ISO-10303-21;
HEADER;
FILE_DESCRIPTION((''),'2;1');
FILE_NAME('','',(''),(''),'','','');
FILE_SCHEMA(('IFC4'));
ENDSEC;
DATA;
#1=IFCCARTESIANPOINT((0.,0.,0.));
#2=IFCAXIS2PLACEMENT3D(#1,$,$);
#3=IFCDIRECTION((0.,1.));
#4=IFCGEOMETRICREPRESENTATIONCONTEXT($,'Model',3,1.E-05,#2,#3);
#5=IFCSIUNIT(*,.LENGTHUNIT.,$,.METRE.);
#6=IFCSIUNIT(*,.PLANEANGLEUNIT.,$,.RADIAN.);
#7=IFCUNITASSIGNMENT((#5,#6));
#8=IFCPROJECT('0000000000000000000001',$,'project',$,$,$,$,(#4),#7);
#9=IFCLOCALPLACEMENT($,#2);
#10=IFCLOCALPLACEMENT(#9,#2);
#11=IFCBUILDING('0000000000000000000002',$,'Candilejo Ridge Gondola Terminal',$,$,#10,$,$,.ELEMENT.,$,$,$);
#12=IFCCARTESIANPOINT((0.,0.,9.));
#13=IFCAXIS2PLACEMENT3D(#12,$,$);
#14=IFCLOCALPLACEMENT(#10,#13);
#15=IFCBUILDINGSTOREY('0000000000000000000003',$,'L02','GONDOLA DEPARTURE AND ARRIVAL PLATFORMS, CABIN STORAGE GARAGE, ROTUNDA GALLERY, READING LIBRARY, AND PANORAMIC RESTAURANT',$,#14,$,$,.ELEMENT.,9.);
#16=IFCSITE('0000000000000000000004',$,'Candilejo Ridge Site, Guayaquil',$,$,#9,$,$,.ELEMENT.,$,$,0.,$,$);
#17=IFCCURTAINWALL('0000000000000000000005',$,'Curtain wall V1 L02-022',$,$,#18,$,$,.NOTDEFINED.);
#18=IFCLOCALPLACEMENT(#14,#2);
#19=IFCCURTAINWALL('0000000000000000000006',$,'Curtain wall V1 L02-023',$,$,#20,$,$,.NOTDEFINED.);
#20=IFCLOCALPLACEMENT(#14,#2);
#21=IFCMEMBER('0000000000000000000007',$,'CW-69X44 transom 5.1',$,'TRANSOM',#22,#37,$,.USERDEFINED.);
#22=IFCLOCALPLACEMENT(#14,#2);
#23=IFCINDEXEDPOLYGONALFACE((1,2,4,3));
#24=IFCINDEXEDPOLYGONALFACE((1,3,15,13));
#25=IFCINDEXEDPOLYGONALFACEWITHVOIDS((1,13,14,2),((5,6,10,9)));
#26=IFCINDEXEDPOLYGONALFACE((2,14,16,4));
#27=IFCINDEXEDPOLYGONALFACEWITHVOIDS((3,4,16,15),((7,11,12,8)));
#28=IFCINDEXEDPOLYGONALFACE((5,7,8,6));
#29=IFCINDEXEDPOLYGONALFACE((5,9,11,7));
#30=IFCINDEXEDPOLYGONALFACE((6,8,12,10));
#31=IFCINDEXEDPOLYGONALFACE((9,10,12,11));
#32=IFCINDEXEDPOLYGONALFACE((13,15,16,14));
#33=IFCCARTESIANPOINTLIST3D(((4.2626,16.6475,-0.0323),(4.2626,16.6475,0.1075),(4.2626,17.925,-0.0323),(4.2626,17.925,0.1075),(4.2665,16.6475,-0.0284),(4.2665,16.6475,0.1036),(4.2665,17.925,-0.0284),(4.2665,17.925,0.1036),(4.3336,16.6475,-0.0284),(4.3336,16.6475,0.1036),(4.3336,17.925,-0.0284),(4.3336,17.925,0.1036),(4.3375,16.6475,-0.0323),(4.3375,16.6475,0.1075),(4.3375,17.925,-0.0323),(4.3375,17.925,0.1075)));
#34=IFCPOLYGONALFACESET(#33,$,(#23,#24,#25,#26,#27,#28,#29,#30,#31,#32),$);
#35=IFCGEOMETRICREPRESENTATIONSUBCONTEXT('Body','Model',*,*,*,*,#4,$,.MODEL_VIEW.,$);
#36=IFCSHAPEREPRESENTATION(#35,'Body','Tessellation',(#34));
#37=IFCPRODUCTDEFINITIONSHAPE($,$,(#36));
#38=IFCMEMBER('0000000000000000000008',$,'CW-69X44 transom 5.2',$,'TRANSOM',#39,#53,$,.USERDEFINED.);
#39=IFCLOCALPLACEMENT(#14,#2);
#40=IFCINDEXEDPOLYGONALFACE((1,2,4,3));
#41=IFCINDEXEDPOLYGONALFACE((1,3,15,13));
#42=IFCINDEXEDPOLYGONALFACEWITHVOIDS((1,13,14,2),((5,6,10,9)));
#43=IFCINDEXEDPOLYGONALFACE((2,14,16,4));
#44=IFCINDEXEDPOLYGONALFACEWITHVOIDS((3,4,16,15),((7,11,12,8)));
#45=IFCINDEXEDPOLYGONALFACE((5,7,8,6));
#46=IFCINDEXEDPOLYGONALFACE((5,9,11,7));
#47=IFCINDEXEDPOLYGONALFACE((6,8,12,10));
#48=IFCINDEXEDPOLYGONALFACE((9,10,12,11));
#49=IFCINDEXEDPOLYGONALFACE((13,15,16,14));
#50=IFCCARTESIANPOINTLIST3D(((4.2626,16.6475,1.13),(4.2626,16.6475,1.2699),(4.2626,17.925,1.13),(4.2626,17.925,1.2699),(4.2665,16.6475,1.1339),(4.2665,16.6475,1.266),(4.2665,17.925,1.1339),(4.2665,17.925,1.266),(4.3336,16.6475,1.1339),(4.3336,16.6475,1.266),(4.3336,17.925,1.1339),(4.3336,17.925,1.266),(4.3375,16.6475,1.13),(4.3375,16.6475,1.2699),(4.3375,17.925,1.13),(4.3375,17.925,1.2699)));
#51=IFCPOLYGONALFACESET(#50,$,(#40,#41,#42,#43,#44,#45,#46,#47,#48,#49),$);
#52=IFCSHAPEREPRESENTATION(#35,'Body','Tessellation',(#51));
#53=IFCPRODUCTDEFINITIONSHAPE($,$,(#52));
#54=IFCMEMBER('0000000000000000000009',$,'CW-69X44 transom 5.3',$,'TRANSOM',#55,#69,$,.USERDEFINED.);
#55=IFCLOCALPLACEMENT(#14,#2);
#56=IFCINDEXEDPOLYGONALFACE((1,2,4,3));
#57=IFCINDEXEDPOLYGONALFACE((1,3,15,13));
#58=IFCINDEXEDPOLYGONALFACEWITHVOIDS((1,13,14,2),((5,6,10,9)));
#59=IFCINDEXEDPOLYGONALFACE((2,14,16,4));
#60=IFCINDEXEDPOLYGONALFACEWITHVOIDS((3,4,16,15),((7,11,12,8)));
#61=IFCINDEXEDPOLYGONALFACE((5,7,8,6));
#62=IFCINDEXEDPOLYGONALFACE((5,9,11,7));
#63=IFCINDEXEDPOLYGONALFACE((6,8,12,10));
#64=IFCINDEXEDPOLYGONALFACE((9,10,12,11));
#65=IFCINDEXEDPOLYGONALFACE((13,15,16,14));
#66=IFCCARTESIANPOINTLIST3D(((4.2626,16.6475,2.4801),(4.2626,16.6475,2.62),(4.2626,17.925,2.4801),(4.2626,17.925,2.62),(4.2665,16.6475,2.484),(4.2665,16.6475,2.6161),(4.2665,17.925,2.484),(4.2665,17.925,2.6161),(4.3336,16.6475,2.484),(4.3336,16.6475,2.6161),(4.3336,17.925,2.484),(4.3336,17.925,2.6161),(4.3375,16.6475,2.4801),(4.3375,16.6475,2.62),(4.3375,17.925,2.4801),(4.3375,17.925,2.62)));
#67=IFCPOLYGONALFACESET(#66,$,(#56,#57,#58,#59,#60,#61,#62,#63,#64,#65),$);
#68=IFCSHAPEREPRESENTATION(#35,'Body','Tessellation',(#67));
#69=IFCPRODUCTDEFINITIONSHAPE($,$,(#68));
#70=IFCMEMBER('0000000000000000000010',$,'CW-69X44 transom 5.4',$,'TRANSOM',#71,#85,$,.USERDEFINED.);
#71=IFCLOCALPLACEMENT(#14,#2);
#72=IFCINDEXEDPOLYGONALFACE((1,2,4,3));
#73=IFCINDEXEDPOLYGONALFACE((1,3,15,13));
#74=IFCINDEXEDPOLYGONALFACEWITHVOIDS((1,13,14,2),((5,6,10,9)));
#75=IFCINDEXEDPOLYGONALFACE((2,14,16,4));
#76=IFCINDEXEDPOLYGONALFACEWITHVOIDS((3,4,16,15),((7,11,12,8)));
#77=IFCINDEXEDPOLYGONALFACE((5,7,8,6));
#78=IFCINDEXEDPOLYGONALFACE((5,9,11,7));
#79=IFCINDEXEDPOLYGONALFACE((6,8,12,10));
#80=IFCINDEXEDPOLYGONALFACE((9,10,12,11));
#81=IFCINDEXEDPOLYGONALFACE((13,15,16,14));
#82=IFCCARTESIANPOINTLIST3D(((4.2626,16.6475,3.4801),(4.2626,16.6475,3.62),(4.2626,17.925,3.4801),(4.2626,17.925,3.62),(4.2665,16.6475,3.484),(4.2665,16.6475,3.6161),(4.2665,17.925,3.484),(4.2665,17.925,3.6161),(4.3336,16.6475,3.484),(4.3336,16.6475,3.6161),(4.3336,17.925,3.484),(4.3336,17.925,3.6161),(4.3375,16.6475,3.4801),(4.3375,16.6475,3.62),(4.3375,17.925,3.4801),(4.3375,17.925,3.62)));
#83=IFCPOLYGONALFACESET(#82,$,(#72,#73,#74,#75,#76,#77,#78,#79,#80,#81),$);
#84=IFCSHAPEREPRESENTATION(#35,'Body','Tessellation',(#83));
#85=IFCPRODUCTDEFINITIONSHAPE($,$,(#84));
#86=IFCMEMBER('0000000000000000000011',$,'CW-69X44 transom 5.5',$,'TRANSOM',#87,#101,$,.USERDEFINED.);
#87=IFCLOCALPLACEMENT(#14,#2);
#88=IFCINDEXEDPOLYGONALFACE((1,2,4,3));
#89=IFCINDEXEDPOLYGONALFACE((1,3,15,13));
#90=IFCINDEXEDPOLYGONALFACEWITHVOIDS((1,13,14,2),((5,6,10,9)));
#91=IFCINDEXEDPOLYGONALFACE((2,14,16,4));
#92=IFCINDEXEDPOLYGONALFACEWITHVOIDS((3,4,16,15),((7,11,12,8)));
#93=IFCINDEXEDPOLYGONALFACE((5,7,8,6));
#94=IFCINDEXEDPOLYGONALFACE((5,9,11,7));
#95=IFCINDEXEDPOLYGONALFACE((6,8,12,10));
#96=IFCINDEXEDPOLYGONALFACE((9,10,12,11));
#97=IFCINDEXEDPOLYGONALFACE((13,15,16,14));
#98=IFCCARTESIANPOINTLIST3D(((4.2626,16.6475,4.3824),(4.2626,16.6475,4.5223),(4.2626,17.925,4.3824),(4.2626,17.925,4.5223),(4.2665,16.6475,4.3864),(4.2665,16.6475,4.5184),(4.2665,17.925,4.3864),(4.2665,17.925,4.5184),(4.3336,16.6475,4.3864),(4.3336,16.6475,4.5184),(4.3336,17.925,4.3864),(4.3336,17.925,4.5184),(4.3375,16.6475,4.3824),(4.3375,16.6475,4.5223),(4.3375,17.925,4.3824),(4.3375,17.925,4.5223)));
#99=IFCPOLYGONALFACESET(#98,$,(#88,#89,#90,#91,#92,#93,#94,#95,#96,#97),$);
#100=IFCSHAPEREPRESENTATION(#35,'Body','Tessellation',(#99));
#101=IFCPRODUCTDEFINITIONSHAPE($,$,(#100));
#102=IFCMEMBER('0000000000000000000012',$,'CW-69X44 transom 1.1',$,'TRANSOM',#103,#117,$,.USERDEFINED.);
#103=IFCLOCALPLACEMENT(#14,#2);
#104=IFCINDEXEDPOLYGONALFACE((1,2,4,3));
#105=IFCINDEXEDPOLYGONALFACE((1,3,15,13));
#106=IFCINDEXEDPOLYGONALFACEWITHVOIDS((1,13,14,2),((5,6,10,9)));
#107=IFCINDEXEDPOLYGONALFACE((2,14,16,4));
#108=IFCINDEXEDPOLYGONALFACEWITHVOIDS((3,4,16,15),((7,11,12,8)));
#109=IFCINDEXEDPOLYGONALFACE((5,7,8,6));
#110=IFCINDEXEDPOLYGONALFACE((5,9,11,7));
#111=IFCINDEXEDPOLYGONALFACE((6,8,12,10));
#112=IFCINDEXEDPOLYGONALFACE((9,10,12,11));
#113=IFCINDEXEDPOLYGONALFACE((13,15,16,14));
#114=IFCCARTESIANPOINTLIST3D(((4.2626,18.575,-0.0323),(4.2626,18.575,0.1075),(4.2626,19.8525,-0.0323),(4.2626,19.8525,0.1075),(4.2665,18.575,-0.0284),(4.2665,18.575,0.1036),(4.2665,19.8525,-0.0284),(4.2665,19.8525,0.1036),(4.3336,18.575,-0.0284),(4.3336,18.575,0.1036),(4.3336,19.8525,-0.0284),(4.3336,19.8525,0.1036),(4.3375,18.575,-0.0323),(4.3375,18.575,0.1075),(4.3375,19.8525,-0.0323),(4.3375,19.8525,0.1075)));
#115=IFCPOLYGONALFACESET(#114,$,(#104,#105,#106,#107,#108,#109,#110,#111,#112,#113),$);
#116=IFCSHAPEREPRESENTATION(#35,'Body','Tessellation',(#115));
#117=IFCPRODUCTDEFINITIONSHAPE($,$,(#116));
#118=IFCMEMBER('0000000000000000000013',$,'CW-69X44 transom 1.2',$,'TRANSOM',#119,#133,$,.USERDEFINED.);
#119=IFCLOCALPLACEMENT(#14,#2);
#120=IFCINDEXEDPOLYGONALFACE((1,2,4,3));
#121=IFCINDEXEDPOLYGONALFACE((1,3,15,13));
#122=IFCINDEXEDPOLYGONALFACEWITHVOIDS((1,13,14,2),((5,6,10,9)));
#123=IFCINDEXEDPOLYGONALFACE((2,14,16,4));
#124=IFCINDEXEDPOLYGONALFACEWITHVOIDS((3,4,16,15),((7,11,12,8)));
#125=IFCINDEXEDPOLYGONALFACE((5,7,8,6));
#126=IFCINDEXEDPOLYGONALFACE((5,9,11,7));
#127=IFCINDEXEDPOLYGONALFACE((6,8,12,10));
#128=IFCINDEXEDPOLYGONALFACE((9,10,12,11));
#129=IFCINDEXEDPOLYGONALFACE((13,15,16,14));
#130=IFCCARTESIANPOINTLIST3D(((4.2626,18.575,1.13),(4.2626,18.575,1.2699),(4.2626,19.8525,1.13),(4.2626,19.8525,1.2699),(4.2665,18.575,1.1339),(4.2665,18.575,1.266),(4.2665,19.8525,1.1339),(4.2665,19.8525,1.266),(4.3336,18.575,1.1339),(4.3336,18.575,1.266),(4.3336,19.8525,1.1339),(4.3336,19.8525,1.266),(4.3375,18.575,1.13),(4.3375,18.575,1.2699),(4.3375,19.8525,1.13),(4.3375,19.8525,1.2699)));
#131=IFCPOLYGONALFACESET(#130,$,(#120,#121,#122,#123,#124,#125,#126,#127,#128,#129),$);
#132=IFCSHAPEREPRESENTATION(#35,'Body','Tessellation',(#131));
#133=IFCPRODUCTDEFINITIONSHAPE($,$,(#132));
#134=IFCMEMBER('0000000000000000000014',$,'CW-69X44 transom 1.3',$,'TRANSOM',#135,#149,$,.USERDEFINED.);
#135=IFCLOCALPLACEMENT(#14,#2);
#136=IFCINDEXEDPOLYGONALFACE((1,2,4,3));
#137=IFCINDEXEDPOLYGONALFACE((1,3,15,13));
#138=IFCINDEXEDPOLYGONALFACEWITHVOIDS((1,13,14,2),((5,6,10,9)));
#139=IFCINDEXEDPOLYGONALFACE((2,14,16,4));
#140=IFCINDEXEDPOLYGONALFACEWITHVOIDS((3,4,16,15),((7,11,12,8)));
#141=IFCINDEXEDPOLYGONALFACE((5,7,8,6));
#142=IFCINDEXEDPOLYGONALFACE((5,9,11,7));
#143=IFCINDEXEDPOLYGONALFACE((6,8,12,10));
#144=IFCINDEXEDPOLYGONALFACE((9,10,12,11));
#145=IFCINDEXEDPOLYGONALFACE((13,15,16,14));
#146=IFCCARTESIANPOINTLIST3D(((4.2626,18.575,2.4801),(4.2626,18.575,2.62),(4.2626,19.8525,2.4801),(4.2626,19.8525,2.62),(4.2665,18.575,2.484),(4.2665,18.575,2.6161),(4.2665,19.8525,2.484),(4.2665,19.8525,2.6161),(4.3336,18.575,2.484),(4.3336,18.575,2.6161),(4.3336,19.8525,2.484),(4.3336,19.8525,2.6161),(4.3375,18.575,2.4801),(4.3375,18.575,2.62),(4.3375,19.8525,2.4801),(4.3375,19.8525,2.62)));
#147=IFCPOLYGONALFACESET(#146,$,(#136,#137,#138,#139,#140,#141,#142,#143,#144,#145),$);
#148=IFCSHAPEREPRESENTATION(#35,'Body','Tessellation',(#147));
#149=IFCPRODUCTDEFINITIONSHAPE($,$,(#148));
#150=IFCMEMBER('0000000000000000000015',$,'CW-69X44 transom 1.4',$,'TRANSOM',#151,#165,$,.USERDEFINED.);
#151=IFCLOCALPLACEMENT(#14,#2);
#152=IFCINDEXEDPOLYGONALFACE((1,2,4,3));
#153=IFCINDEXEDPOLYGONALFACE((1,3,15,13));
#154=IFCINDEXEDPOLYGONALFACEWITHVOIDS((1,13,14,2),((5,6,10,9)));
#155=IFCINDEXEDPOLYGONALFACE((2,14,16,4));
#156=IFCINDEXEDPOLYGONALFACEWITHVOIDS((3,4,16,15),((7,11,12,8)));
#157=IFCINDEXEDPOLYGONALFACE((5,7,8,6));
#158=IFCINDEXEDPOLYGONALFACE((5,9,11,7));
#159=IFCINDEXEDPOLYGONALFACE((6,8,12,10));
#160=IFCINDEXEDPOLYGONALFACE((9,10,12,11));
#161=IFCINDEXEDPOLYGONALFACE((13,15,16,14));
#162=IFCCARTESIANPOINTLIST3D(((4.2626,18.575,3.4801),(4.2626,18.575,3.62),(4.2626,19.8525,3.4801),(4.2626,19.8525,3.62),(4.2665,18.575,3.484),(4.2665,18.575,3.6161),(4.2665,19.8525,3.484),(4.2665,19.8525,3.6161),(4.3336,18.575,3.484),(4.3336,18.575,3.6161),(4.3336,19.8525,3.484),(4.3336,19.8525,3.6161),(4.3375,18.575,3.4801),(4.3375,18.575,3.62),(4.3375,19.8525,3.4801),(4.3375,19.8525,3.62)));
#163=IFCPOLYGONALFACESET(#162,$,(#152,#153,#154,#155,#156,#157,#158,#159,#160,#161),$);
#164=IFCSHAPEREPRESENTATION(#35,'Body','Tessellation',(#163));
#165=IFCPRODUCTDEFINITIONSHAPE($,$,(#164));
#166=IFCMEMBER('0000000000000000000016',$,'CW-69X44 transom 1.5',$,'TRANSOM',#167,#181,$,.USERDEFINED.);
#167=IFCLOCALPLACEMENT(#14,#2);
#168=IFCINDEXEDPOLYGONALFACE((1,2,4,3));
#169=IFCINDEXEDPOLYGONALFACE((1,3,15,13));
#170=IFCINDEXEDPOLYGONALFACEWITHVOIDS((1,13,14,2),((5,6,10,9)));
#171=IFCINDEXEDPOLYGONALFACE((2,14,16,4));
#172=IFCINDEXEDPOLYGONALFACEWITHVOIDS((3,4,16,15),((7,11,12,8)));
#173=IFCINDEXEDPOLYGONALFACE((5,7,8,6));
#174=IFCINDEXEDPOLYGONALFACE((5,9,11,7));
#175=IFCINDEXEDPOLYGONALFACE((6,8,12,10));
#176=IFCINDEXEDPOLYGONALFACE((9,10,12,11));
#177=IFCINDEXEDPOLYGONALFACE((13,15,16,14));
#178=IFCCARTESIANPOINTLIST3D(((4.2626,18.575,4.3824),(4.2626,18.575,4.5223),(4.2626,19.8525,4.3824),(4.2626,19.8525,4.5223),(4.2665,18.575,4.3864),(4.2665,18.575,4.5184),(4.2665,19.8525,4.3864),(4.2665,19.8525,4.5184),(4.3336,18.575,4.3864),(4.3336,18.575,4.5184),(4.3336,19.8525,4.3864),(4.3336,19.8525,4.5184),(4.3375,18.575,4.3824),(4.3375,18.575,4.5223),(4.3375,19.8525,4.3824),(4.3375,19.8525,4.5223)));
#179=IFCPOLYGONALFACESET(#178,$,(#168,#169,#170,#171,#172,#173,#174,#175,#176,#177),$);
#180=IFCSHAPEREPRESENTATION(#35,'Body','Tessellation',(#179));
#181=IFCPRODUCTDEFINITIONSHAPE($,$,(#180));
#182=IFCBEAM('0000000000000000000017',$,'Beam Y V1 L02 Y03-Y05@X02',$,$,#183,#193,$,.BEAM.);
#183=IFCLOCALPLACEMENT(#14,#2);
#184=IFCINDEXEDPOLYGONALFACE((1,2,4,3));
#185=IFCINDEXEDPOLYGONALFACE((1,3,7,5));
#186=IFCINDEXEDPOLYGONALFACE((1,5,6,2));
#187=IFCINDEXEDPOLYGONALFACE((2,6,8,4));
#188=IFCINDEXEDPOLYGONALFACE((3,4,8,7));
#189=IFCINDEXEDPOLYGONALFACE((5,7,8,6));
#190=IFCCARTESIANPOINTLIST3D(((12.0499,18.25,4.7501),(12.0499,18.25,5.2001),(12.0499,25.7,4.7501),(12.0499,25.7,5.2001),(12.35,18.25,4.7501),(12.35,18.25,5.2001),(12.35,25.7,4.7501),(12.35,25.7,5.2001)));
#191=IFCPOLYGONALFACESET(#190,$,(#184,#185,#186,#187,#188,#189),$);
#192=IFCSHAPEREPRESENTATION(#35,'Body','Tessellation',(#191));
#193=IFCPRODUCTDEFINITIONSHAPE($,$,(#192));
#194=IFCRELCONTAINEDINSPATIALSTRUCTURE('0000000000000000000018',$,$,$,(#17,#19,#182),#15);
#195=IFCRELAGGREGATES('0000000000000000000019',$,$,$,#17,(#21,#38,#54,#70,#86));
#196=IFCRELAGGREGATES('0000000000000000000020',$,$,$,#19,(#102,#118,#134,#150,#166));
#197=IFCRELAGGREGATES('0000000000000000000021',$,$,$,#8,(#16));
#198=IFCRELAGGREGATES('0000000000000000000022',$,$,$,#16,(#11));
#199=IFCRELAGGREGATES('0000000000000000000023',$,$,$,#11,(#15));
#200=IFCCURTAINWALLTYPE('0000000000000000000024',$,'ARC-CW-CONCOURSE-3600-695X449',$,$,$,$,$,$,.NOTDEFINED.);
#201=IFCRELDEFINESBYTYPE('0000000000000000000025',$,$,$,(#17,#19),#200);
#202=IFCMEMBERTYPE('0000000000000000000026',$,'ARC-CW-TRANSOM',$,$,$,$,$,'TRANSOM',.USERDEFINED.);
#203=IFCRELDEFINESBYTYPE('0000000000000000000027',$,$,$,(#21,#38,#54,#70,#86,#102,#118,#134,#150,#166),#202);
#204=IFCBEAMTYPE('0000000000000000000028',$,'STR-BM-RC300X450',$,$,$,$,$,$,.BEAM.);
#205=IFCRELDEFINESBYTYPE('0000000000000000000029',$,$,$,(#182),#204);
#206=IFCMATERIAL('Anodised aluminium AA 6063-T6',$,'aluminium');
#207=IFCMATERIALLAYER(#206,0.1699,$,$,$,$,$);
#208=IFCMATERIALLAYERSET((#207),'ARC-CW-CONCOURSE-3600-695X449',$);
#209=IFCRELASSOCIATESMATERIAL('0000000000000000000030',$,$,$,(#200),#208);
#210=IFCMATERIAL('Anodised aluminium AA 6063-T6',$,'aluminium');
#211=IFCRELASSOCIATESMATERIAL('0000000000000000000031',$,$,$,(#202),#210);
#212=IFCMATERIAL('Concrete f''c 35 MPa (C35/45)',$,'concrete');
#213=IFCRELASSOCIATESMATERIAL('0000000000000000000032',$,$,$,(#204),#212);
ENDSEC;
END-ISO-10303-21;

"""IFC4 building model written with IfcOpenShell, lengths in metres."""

from ifc_helpers import new_model, si_unit, direction, frame, origin, origin_2d, place, context, subcontext, project, spatial, rectangle, hollow_rectangle, extrude, material, layer, layer_set, material_profile, profile_set, type_object, element, aggregate, save


model = new_model("IFC4")

# Units and contexts
model_context = context("Model", 3, precision=1e-05, world=origin(), true_north=direction((0.0, 1.0)))
body_context = subcontext(model_context, "Body", "Model", "MODEL_VIEW")
ifc_project = project(units=[si_unit("LENGTHUNIT", "METRE"), si_unit("PLANEANGLEUNIT", "RADIAN")], contexts=[model_context])

# Site, building, storey
site_placement = place(None, origin())
site = spatial("IfcSite", under=ifc_project, at=site_placement, Name="Candilejo Ridge Site, Guayaquil", CompositionType="ELEMENT", RefElevation=0.0)
building_placement = place(site_placement, origin())
building = spatial("IfcBuilding", under=site, at=building_placement, Name="Candilejo Ridge Gondola Terminal", CompositionType="ELEMENT")
storey_placement = place(building_placement, frame((0.0, 0.0, 9.0)))
storey = spatial("IfcBuildingStorey", under=building, at=storey_placement, Name="L02", Description="GONDOLA DEPARTURE AND ARRIVAL PLATFORMS, CABIN STORAGE GARAGE, ROTUNDA GALLERY, READING LIBRARY, AND PANORAMIC RESTAURANT", CompositionType="ELEMENT", Elevation=9.0)

# Curtain wall
ifc_material_1 = material(Name="Anodised aluminium AA 6063-T6", Category="aluminium")
ifc_layer_1 = layer(ifc_material_1, 0.1699)
ifc_layer_set_1 = layer_set([ifc_layer_1], Name="ARC-CW-CONCOURSE-3600-695X449")
curtain_wall_type = type_object("IfcCurtainWallType", Name="ARC-CW-CONCOURSE-3600-695X449", PredefinedType="NOTDEFINED", material=ifc_layer_set_1)
curtain_wall_1_placement = place(storey_placement, origin())
curtain_wall_1 = element("IfcCurtainWall", 1, at=curtain_wall_1_placement, inside=storey, type_object=curtain_wall_type, Name="Curtain wall V1 L02-022", PredefinedType="NOTDEFINED")

# Curtain wall
curtain_wall_2_placement = place(storey_placement, origin())
curtain_wall_2 = element("IfcCurtainWall", 2, at=curtain_wall_2_placement, inside=storey, type_object=curtain_wall_type, Name="Curtain wall V1 L02-023", PredefinedType="NOTDEFINED")

# Members
ifc_material_2 = material(Name="Anodised aluminium AA 6063-T6", Category="aluminium")
ifc_material_profile_1 = material_profile(ifc_material_2, hollow_rectangle(XDim=0.075, YDim=0.1399, WallThickness=0.0039, at=origin_2d()))
ifc_profile_set_1 = profile_set([ifc_material_profile_1], Name="Anodised aluminium AA 6063-T6")
member_type_1 = type_object("IfcMemberType", Name="ARC-CW-TRANSOM", ElementType="TRANSOM", PredefinedType="USERDEFINED", material=ifc_profile_set_1)
member_1_placement = place(storey_placement, frame((4.3, 16.6475, 0.0376), z_axis=(0.0, 1.0, 0.0), x_axis=(-1.0, 0.0, 0.0)))
member_1 = element("IfcMember", 3, at=member_1_placement, type_object=member_type_1, Name="CW-69X44 transom 5.1", ObjectType="TRANSOM", PredefinedType="USERDEFINED", context=body_context, shape_type="SweptSolid", body=[
    extrude(hollow_rectangle(XDim=0.075, YDim=0.1399, WallThickness=0.0039, at=origin_2d()), origin(), (0.0, 0.0, 1.0), 1.2776),
])
member_2_placement = place(storey_placement, frame((4.3, 16.6475, 1.2), z_axis=(0.0, 1.0, 0.0), x_axis=(-1.0, 0.0, 0.0)))
member_2 = element("IfcMember", 4, at=member_2_placement, type_object=member_type_1, Name="CW-69X44 transom 5.2", ObjectType="TRANSOM", PredefinedType="USERDEFINED", context=body_context, shape_type="SweptSolid", body=[
    extrude(hollow_rectangle(XDim=0.075, YDim=0.1399, WallThickness=0.0039, at=origin_2d()), origin(), (0.0, 0.0, 1.0), 1.2776),
])
member_3_placement = place(storey_placement, frame((4.3, 16.6475, 2.55), z_axis=(0.0, 1.0, 0.0), x_axis=(-1.0, 0.0, 0.0)))
member_3 = element("IfcMember", 5, at=member_3_placement, type_object=member_type_1, Name="CW-69X44 transom 5.3", ObjectType="TRANSOM", PredefinedType="USERDEFINED", context=body_context, shape_type="SweptSolid", body=[
    extrude(hollow_rectangle(XDim=0.075, YDim=0.1399, WallThickness=0.0039, at=origin_2d()), origin(), (0.0, 0.0, 1.0), 1.2776),
])
member_4_placement = place(storey_placement, frame((4.3, 16.6475, 3.55), z_axis=(0.0, 1.0, 0.0), x_axis=(-1.0, 0.0, 0.0)))
member_4 = element("IfcMember", 6, at=member_4_placement, type_object=member_type_1, Name="CW-69X44 transom 5.4", ObjectType="TRANSOM", PredefinedType="USERDEFINED", context=body_context, shape_type="SweptSolid", body=[
    extrude(hollow_rectangle(XDim=0.075, YDim=0.1399, WallThickness=0.0039, at=origin_2d()), origin(), (0.0, 0.0, 1.0), 1.2776),
])
member_5_placement = place(storey_placement, frame((4.3, 16.6475, 4.4524), z_axis=(0.0, 1.0, 0.0), x_axis=(-1.0, 0.0, 0.0)))
member_5 = element("IfcMember", 7, at=member_5_placement, type_object=member_type_1, Name="CW-69X44 transom 5.5", ObjectType="TRANSOM", PredefinedType="USERDEFINED", context=body_context, shape_type="SweptSolid", body=[
    extrude(hollow_rectangle(XDim=0.075, YDim=0.1399, WallThickness=0.0039, at=origin_2d()), origin(), (0.0, 0.0, 1.0), 1.2776),
])
member_6_placement = place(storey_placement, frame((4.3, 18.575, 0.0376), z_axis=(0.0, 1.0, 0.0), x_axis=(-1.0, 0.0, 0.0)))
member_6 = element("IfcMember", 8, at=member_6_placement, type_object=member_type_1, Name="CW-69X44 transom 1.1", ObjectType="TRANSOM", PredefinedType="USERDEFINED", context=body_context, shape_type="SweptSolid", body=[
    extrude(hollow_rectangle(XDim=0.075, YDim=0.1399, WallThickness=0.0039, at=origin_2d()), origin(), (0.0, 0.0, 1.0), 1.2776),
])
member_7_placement = place(storey_placement, frame((4.3, 18.575, 1.2), z_axis=(0.0, 1.0, 0.0), x_axis=(-1.0, 0.0, 0.0)))
member_7 = element("IfcMember", 9, at=member_7_placement, type_object=member_type_1, Name="CW-69X44 transom 1.2", ObjectType="TRANSOM", PredefinedType="USERDEFINED", context=body_context, shape_type="SweptSolid", body=[
    extrude(hollow_rectangle(XDim=0.075, YDim=0.1399, WallThickness=0.0039, at=origin_2d()), origin(), (0.0, 0.0, 1.0), 1.2776),
])
member_8_placement = place(storey_placement, frame((4.3, 18.575, 2.55), z_axis=(0.0, 1.0, 0.0), x_axis=(-1.0, 0.0, 0.0)))
member_8 = element("IfcMember", 10, at=member_8_placement, type_object=member_type_1, Name="CW-69X44 transom 1.3", ObjectType="TRANSOM", PredefinedType="USERDEFINED", context=body_context, shape_type="SweptSolid", body=[
    extrude(hollow_rectangle(XDim=0.075, YDim=0.1399, WallThickness=0.0039, at=origin_2d()), origin(), (0.0, 0.0, 1.0), 1.2776),
])
member_9_placement = place(storey_placement, frame((4.3, 18.575, 3.55), z_axis=(0.0, 1.0, 0.0), x_axis=(-1.0, 0.0, 0.0)))
member_9 = element("IfcMember", 11, at=member_9_placement, type_object=member_type_1, Name="CW-69X44 transom 1.4", ObjectType="TRANSOM", PredefinedType="USERDEFINED", context=body_context, shape_type="SweptSolid", body=[
    extrude(hollow_rectangle(XDim=0.075, YDim=0.1399, WallThickness=0.0039, at=origin_2d()), origin(), (0.0, 0.0, 1.0), 1.2776),
])
member_10_placement = place(storey_placement, frame((4.3, 18.575, 4.4524), z_axis=(0.0, 1.0, 0.0), x_axis=(-1.0, 0.0, 0.0)))
member_10 = element("IfcMember", 12, at=member_10_placement, type_object=member_type_1, Name="CW-69X44 transom 1.5", ObjectType="TRANSOM", PredefinedType="USERDEFINED", context=body_context, shape_type="SweptSolid", body=[
    extrude(hollow_rectangle(XDim=0.075, YDim=0.1399, WallThickness=0.0039, at=origin_2d()), origin(), (0.0, 0.0, 1.0), 1.2776),
])

# Beam
ifc_material_3 = material(Name="Concrete f'c 35 MPa (C35/45)", Category="concrete")
ifc_material_profile_2 = material_profile(ifc_material_3, rectangle(XDim=0.3, YDim=0.45, at=origin_2d()))
ifc_profile_set_2 = profile_set([ifc_material_profile_2], Name="Concrete f'c 35 MPa (C35/45)")
beam_type_1 = type_object("IfcBeamType", Name="STR-BM-RC300X450", PredefinedType="BEAM", material=ifc_profile_set_2)
beam_1_placement = place(storey_placement, frame((12.2, 18.25, 4.9751), z_axis=(0.0, 1.0, 0.0), x_axis=(-1.0, 0.0, 0.0)))
element("IfcBeam", 13, at=beam_1_placement, inside=storey, type_object=beam_type_1, Name="Beam Y V1 L02 Y03-Y05@X02", PredefinedType="BEAM", context=body_context, shape_type="SweptSolid", body=[
    extrude(rectangle(XDim=0.3, YDim=0.45, at=origin_2d()), origin(), (0.0, 0.0, 1.0), 7.45),
])

aggregate(curtain_wall_1, [member_1, member_2, member_3, member_4, member_5])
aggregate(curtain_wall_2, [member_6, member_7, member_8, member_9, member_10])

save(model, "model.ifc")
